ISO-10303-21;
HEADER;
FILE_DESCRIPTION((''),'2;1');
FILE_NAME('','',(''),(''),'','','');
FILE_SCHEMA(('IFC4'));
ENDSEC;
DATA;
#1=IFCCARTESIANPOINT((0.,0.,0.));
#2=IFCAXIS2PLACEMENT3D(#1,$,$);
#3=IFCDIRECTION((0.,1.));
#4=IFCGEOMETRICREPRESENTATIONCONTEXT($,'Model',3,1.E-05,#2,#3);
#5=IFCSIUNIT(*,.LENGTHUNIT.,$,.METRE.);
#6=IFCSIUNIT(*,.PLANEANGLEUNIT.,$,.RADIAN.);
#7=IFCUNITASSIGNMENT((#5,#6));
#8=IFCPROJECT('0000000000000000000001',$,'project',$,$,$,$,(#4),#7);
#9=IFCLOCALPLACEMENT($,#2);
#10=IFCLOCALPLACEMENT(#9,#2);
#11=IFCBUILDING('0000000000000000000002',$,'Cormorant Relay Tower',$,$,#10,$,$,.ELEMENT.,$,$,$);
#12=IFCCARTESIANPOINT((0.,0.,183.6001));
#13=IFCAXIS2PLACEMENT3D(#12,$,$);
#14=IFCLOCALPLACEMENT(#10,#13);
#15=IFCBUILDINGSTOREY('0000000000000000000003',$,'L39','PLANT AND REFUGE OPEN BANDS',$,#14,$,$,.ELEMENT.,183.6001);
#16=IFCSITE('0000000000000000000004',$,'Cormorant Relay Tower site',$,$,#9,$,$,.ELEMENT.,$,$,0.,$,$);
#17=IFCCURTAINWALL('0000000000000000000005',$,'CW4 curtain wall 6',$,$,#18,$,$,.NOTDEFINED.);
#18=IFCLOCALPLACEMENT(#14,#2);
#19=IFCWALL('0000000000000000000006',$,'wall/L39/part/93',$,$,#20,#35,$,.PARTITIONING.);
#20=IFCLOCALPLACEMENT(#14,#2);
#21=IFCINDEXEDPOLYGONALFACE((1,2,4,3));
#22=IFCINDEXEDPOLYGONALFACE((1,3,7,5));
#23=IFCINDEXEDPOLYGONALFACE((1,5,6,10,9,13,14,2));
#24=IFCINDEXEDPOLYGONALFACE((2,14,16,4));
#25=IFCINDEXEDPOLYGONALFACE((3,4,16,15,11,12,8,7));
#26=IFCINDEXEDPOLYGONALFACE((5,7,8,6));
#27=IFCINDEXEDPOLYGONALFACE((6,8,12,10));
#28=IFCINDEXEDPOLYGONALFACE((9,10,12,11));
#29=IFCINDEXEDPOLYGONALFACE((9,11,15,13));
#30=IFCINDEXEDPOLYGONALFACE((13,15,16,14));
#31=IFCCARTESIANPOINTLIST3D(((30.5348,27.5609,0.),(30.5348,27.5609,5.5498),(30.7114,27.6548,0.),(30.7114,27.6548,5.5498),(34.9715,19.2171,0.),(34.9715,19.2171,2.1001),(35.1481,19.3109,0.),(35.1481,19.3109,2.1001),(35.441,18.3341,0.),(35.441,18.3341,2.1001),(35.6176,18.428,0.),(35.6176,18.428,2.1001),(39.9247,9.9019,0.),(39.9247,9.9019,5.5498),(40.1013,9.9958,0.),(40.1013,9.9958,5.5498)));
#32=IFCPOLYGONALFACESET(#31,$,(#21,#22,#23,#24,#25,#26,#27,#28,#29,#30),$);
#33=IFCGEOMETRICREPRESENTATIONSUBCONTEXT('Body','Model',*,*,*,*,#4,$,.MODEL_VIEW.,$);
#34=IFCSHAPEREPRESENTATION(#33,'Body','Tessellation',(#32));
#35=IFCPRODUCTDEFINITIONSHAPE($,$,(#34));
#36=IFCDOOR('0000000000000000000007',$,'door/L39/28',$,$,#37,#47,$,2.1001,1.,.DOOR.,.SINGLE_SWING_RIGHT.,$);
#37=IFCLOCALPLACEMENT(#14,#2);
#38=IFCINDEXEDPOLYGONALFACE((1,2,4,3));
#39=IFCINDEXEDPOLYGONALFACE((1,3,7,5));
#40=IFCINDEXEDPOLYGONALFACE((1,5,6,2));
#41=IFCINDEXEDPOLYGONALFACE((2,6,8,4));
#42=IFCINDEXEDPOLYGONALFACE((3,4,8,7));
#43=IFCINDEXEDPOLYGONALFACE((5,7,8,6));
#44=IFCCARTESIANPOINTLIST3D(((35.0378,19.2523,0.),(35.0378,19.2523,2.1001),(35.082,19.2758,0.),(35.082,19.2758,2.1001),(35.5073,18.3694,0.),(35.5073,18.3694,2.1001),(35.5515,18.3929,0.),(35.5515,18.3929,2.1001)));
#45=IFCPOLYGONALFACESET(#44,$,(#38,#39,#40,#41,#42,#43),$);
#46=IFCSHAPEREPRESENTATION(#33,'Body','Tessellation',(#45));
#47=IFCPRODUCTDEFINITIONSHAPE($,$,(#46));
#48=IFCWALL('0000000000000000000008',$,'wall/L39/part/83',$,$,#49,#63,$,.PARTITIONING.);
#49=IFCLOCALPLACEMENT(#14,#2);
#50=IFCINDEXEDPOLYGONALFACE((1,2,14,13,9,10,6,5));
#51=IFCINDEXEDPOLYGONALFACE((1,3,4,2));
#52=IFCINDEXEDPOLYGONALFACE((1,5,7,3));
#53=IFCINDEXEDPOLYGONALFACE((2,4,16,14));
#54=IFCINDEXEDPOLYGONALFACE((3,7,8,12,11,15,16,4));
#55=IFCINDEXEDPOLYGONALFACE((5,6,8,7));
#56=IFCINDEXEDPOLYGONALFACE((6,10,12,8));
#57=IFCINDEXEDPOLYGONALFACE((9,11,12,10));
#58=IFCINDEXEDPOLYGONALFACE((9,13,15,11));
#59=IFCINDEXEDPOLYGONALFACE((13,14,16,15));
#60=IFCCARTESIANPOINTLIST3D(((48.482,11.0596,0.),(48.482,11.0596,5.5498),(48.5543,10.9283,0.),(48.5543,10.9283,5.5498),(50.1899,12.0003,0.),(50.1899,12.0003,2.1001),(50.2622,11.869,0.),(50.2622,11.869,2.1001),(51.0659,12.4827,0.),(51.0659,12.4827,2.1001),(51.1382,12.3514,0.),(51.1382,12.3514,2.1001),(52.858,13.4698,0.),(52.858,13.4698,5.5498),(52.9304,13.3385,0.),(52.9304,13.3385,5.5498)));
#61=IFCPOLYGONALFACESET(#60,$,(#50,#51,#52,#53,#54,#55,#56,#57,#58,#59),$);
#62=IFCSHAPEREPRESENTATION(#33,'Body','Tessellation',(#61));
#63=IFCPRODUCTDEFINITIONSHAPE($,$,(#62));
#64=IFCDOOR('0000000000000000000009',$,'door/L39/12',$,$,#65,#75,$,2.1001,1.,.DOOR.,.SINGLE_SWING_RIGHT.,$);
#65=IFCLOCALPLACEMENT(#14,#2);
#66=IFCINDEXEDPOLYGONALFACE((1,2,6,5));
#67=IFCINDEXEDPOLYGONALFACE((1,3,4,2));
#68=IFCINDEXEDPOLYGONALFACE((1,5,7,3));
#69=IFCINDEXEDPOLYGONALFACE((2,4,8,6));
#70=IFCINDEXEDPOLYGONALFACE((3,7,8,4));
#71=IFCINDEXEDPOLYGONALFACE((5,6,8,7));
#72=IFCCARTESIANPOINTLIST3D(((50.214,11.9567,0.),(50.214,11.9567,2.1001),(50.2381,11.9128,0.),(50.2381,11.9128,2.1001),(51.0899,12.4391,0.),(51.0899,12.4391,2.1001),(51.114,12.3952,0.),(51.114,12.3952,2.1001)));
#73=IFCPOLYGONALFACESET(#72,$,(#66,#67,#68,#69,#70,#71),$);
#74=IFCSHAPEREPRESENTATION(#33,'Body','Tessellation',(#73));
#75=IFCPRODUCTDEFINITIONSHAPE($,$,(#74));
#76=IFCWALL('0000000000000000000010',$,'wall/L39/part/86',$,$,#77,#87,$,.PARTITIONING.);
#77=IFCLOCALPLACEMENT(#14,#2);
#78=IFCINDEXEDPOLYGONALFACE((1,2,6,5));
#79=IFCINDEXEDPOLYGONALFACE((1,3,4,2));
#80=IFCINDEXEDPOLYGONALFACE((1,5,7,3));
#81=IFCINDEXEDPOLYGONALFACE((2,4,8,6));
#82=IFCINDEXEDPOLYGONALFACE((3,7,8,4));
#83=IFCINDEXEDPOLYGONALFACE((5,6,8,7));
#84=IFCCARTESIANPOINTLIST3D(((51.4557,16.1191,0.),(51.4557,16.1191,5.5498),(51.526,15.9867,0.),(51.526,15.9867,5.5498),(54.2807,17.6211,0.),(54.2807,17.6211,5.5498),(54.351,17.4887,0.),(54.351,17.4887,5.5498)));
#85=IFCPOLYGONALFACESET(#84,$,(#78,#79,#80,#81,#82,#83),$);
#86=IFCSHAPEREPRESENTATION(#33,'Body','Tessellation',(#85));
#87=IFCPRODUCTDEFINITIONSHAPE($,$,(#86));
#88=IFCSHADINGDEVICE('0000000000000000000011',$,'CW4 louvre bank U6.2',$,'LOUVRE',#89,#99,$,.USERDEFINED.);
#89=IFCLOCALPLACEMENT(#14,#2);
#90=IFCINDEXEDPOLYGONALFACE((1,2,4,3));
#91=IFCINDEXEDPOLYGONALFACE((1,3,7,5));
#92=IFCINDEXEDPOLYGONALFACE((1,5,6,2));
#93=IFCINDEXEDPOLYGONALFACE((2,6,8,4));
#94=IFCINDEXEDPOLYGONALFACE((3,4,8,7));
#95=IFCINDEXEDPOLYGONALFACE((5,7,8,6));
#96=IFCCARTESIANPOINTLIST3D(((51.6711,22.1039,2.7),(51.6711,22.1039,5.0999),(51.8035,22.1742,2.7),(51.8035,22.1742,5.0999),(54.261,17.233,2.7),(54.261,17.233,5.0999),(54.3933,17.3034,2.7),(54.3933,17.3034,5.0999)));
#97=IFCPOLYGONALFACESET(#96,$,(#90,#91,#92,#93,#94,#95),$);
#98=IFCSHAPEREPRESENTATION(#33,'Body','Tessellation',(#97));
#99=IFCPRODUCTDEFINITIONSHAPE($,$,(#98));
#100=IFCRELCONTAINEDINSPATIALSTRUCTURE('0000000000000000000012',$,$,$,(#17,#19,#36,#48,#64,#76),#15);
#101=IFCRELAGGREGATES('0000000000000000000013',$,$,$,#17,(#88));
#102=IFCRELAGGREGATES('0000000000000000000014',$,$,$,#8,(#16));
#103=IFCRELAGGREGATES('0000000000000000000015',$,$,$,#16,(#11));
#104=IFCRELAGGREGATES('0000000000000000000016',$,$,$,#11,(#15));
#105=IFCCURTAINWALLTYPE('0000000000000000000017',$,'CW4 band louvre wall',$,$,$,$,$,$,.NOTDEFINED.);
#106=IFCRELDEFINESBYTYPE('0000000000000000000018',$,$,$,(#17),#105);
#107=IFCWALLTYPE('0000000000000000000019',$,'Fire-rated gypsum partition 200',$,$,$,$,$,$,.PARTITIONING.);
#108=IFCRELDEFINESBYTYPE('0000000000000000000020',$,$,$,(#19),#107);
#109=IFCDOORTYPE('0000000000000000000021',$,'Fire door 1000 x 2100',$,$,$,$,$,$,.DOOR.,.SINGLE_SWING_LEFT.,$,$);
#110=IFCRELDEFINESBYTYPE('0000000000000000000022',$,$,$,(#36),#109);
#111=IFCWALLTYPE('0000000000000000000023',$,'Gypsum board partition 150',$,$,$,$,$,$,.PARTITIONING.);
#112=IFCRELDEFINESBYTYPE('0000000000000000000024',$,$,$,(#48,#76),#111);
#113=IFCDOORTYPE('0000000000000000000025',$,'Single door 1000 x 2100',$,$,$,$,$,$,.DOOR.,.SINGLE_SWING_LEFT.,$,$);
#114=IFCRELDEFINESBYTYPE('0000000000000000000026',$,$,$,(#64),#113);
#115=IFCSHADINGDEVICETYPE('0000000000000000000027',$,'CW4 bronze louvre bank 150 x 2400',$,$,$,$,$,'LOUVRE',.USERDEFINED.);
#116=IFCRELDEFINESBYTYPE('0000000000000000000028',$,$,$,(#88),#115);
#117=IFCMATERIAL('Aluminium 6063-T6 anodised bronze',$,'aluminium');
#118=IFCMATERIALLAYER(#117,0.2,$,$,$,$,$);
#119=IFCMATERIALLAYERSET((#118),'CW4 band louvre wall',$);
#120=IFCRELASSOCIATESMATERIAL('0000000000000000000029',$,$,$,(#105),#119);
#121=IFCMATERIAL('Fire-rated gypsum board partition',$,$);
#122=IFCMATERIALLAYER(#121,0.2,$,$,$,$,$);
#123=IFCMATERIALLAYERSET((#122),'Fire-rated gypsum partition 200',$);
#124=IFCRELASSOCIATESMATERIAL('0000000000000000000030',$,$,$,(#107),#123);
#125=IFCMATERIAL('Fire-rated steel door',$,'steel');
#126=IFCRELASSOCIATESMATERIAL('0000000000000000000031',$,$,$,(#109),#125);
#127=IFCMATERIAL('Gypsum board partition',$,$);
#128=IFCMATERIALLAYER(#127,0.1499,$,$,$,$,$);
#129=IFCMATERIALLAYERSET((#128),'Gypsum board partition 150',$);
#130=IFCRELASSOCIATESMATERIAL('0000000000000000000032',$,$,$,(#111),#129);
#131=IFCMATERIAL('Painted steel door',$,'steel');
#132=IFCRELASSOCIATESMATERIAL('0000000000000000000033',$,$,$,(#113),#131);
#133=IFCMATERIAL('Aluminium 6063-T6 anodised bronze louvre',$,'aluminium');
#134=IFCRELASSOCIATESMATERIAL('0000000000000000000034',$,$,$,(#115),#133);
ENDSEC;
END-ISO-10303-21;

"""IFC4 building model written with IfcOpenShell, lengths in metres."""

from ifc_helpers import new_model, si_unit, direction, frame, frame_2d, origin, origin_2d, place, context, subcontext, project, spatial, rectangle, extrude, material, layer, layer_set, type_object, element, fill, aggregate, save


model = new_model("IFC4")

# Units and contexts
model_context = context("Model", 3, precision=1e-05, world=origin(), true_north=direction((0.0, 1.0)))
body_context = subcontext(model_context, "Body", "Model", "MODEL_VIEW")
ifc_project = project(units=[si_unit("LENGTHUNIT", "METRE"), si_unit("PLANEANGLEUNIT", "RADIAN")], contexts=[model_context])

# Site, building, storey
site_placement = place(None, origin())
site = spatial("IfcSite", under=ifc_project, at=site_placement, Name="Cormorant Relay Tower site", CompositionType="ELEMENT", RefElevation=0.0)
building_placement = place(site_placement, origin())
building = spatial("IfcBuilding", under=site, at=building_placement, Name="Cormorant Relay Tower", CompositionType="ELEMENT")
storey_placement = place(building_placement, frame((0.0, 0.0, 183.6001)))
storey = spatial("IfcBuildingStorey", under=building, at=storey_placement, Name="L39", Description="PLANT AND REFUGE OPEN BANDS", CompositionType="ELEMENT", Elevation=183.6001)

# Curtain wall
ifc_material_1 = material(Name="Aluminium 6063-T6 anodised bronze", Category="aluminium")
ifc_layer_1 = layer(ifc_material_1, 0.2)
ifc_layer_set_1 = layer_set([ifc_layer_1], Name="CW4 band louvre wall")
curtain_wall_type = type_object("IfcCurtainWallType", Name="CW4 band louvre wall", PredefinedType="NOTDEFINED", material=ifc_layer_set_1)
curtain_wall_placement = place(storey_placement, origin())
curtain_wall = element("IfcCurtainWall", 1, at=curtain_wall_placement, inside=storey, type_object=curtain_wall_type, Name="CW4 curtain wall 6", PredefinedType="NOTDEFINED")

# Shared definitions
ifc_material_2 = material(Name="Fire-rated gypsum board partition")
ifc_layer_2 = layer(ifc_material_2, 0.2)
ifc_layer_set_2 = layer_set([ifc_layer_2], Name="Fire-rated gypsum partition 200")
wall_type_1 = type_object("IfcWallType", Name="Fire-rated gypsum partition 200", PredefinedType="PARTITIONING", material=ifc_layer_set_2)
ifc_material_3 = material(Name="Fire-rated steel door", Category="steel")
door_type_1 = type_object("IfcDoorType", Name="Fire door 1000 x 2100", OperationType="SINGLE_SWING_LEFT", PredefinedType="DOOR", material=ifc_material_3)

# Walls, openings, doors
wall_1_placement = place(storey_placement, frame((40.0129, 9.949, 0.0), z_axis=(0.0, 0.0, 1.0), x_axis=(-0.46949, 0.882938, 0.0)))
wall_1 = element("IfcWall", 2, at=wall_1_placement, inside=storey, type_object=wall_type_1, Name="wall/L39/part/93", PredefinedType="PARTITIONING", context=body_context, shape_type="SweptSolid", body=[
    extrude(rectangle(XDim=20.0002, YDim=0.2, at=frame_2d((10.0, 0.0))), origin(), (0.0, 0.0, 1.0), 5.5498),
])
opening_1_placement = place(wall_1_placement, frame((9.55, 0.0, 0.0)))
opening_1 = element("IfcOpeningElement", 3, at=opening_1_placement, cuts=wall_1, PredefinedType="OPENING", context=body_context, shape_type="SweptSolid", body=[
    extrude(rectangle(XDim=1.0, YDim=2.1001, at=frame_2d((0.5, 1.05))), frame((0.0, 0.1099, 0.0), z_axis=(0.0, -1.0, 0.0), x_axis=(1.0, 0.0, 0.0)), (0.0, 0.0, 1.0), 0.22),
])
door_1_placement = place(opening_1_placement, origin())
door_1 = element("IfcDoor", 4, at=door_1_placement, inside=storey, type_object=door_type_1, Name="door/L39/28", OperationType="SINGLE_SWING_RIGHT", OverallHeight=2.1001, OverallWidth=1.0, PredefinedType="DOOR", context=body_context, shape_type="SweptSolid", body=[
    extrude(rectangle(XDim=1.0, YDim=2.1001, at=frame_2d((0.5, 1.05))), frame((0.0, 0.0249, 0.0), z_axis=(0.0, -1.0, 0.0), x_axis=(1.0, 0.0, 0.0)), (0.0, 0.0, 1.0), 0.05),
])
fill(opening_1, door_1)
ifc_material_4 = material(Name="Gypsum board partition")
ifc_layer_3 = layer(ifc_material_4, 0.1499)
ifc_layer_set_3 = layer_set([ifc_layer_3], Name="Gypsum board partition 150")
wall_type_2 = type_object("IfcWallType", Name="Gypsum board partition 150", PredefinedType="PARTITIONING", material=ifc_layer_set_3)
wall_2_placement = place(storey_placement, frame((48.5181, 10.9939, 0.0), z_axis=(0.0, 0.0, 1.0), x_axis=(0.875931, 0.482436, 0.0)))
wall_2 = element("IfcWall", 5, at=wall_2_placement, inside=storey, type_object=wall_type_2, Name="wall/L39/part/83", PredefinedType="PARTITIONING", context=body_context, shape_type="SweptSolid", body=[
    extrude(rectangle(XDim=4.9958, YDim=0.1499, at=frame_2d((2.498, 0.0))), origin(), (0.0, 0.0, 1.0), 5.5498),
])
opening_2_placement = place(wall_2_placement, frame((1.95, 0.0, 0.0)))
opening_2 = element("IfcOpeningElement", 6, at=opening_2_placement, cuts=wall_2, PredefinedType="OPENING", context=body_context, shape_type="SweptSolid", body=[
    extrude(rectangle(XDim=1.0, YDim=2.1001, at=frame_2d((0.5, 1.05))), frame((0.0, 0.085, 0.0), z_axis=(0.0, -1.0, 0.0), x_axis=(1.0, 0.0, 0.0)), (0.0, 0.0, 1.0), 0.1699),
])
ifc_material_5 = material(Name="Painted steel door", Category="steel")
door_type_2 = type_object("IfcDoorType", Name="Single door 1000 x 2100", OperationType="SINGLE_SWING_LEFT", PredefinedType="DOOR", material=ifc_material_5)
door_2_placement = place(opening_2_placement, frame((1.0, 0.0, 0.0), z_axis=(0.0, 0.0, 1.0), x_axis=(-1.0, 0.0, 0.0)))
door_2 = element("IfcDoor", 7, at=door_2_placement, inside=storey, type_object=door_type_2, Name="door/L39/12", OperationType="SINGLE_SWING_RIGHT", OverallHeight=2.1001, OverallWidth=1.0, PredefinedType="DOOR", context=body_context, shape_type="SweptSolid", body=[
    extrude(rectangle(XDim=1.0, YDim=2.1001, at=frame_2d((0.5, 1.05))), frame((0.0, 0.0249, 0.0), z_axis=(0.0, -1.0, 0.0), x_axis=(1.0, 0.0, 0.0)), (0.0, 0.0, 1.0), 0.05),
])
fill(opening_2, door_2)

# Wall
wall_3_placement = place(storey_placement, frame((51.491, 16.053, 0.0), z_axis=(0.0, 0.0, 1.0), x_axis=(0.882961, 0.469447, 0.0)))
element("IfcWall", 8, at=wall_3_placement, inside=storey, type_object=wall_type_2, Name="wall/L39/part/86", PredefinedType="PARTITIONING", context=body_context, shape_type="SweptSolid", body=[
    extrude(rectangle(XDim=3.1995, YDim=0.1499, at=frame_2d((1.5996, 0.0))), origin(), (0.0, 0.0, 1.0), 5.5498),
])

# Shading device
ifc_material_6 = material(Name="Aluminium 6063-T6 anodised bronze louvre", Category="aluminium")
shading_device_type = type_object("IfcShadingDeviceType", Name="CW4 bronze louvre bank 150 x 2400", ElementType="LOUVRE", PredefinedType="USERDEFINED", material=ifc_material_6)
shading_device_placement = place(storey_placement, frame((53.0322, 19.7036, 2.7), z_axis=(0.0, 0.0, 1.0), x_axis=(-0.469472, 0.882948, 0.0)))
shading_device = element("IfcShadingDevice", 9, at=shading_device_placement, type_object=shading_device_type, Name="CW4 louvre bank U6.2", ObjectType="LOUVRE", PredefinedType="USERDEFINED", context=body_context, shape_type="SweptSolid", body=[
    extrude(rectangle(XDim=5.5166, YDim=0.1499, at=origin_2d()), origin(), (0.0, 0.0, 1.0), 2.3999),
])
aggregate(curtain_wall, [shading_device])

save(model, "model.ifc")
